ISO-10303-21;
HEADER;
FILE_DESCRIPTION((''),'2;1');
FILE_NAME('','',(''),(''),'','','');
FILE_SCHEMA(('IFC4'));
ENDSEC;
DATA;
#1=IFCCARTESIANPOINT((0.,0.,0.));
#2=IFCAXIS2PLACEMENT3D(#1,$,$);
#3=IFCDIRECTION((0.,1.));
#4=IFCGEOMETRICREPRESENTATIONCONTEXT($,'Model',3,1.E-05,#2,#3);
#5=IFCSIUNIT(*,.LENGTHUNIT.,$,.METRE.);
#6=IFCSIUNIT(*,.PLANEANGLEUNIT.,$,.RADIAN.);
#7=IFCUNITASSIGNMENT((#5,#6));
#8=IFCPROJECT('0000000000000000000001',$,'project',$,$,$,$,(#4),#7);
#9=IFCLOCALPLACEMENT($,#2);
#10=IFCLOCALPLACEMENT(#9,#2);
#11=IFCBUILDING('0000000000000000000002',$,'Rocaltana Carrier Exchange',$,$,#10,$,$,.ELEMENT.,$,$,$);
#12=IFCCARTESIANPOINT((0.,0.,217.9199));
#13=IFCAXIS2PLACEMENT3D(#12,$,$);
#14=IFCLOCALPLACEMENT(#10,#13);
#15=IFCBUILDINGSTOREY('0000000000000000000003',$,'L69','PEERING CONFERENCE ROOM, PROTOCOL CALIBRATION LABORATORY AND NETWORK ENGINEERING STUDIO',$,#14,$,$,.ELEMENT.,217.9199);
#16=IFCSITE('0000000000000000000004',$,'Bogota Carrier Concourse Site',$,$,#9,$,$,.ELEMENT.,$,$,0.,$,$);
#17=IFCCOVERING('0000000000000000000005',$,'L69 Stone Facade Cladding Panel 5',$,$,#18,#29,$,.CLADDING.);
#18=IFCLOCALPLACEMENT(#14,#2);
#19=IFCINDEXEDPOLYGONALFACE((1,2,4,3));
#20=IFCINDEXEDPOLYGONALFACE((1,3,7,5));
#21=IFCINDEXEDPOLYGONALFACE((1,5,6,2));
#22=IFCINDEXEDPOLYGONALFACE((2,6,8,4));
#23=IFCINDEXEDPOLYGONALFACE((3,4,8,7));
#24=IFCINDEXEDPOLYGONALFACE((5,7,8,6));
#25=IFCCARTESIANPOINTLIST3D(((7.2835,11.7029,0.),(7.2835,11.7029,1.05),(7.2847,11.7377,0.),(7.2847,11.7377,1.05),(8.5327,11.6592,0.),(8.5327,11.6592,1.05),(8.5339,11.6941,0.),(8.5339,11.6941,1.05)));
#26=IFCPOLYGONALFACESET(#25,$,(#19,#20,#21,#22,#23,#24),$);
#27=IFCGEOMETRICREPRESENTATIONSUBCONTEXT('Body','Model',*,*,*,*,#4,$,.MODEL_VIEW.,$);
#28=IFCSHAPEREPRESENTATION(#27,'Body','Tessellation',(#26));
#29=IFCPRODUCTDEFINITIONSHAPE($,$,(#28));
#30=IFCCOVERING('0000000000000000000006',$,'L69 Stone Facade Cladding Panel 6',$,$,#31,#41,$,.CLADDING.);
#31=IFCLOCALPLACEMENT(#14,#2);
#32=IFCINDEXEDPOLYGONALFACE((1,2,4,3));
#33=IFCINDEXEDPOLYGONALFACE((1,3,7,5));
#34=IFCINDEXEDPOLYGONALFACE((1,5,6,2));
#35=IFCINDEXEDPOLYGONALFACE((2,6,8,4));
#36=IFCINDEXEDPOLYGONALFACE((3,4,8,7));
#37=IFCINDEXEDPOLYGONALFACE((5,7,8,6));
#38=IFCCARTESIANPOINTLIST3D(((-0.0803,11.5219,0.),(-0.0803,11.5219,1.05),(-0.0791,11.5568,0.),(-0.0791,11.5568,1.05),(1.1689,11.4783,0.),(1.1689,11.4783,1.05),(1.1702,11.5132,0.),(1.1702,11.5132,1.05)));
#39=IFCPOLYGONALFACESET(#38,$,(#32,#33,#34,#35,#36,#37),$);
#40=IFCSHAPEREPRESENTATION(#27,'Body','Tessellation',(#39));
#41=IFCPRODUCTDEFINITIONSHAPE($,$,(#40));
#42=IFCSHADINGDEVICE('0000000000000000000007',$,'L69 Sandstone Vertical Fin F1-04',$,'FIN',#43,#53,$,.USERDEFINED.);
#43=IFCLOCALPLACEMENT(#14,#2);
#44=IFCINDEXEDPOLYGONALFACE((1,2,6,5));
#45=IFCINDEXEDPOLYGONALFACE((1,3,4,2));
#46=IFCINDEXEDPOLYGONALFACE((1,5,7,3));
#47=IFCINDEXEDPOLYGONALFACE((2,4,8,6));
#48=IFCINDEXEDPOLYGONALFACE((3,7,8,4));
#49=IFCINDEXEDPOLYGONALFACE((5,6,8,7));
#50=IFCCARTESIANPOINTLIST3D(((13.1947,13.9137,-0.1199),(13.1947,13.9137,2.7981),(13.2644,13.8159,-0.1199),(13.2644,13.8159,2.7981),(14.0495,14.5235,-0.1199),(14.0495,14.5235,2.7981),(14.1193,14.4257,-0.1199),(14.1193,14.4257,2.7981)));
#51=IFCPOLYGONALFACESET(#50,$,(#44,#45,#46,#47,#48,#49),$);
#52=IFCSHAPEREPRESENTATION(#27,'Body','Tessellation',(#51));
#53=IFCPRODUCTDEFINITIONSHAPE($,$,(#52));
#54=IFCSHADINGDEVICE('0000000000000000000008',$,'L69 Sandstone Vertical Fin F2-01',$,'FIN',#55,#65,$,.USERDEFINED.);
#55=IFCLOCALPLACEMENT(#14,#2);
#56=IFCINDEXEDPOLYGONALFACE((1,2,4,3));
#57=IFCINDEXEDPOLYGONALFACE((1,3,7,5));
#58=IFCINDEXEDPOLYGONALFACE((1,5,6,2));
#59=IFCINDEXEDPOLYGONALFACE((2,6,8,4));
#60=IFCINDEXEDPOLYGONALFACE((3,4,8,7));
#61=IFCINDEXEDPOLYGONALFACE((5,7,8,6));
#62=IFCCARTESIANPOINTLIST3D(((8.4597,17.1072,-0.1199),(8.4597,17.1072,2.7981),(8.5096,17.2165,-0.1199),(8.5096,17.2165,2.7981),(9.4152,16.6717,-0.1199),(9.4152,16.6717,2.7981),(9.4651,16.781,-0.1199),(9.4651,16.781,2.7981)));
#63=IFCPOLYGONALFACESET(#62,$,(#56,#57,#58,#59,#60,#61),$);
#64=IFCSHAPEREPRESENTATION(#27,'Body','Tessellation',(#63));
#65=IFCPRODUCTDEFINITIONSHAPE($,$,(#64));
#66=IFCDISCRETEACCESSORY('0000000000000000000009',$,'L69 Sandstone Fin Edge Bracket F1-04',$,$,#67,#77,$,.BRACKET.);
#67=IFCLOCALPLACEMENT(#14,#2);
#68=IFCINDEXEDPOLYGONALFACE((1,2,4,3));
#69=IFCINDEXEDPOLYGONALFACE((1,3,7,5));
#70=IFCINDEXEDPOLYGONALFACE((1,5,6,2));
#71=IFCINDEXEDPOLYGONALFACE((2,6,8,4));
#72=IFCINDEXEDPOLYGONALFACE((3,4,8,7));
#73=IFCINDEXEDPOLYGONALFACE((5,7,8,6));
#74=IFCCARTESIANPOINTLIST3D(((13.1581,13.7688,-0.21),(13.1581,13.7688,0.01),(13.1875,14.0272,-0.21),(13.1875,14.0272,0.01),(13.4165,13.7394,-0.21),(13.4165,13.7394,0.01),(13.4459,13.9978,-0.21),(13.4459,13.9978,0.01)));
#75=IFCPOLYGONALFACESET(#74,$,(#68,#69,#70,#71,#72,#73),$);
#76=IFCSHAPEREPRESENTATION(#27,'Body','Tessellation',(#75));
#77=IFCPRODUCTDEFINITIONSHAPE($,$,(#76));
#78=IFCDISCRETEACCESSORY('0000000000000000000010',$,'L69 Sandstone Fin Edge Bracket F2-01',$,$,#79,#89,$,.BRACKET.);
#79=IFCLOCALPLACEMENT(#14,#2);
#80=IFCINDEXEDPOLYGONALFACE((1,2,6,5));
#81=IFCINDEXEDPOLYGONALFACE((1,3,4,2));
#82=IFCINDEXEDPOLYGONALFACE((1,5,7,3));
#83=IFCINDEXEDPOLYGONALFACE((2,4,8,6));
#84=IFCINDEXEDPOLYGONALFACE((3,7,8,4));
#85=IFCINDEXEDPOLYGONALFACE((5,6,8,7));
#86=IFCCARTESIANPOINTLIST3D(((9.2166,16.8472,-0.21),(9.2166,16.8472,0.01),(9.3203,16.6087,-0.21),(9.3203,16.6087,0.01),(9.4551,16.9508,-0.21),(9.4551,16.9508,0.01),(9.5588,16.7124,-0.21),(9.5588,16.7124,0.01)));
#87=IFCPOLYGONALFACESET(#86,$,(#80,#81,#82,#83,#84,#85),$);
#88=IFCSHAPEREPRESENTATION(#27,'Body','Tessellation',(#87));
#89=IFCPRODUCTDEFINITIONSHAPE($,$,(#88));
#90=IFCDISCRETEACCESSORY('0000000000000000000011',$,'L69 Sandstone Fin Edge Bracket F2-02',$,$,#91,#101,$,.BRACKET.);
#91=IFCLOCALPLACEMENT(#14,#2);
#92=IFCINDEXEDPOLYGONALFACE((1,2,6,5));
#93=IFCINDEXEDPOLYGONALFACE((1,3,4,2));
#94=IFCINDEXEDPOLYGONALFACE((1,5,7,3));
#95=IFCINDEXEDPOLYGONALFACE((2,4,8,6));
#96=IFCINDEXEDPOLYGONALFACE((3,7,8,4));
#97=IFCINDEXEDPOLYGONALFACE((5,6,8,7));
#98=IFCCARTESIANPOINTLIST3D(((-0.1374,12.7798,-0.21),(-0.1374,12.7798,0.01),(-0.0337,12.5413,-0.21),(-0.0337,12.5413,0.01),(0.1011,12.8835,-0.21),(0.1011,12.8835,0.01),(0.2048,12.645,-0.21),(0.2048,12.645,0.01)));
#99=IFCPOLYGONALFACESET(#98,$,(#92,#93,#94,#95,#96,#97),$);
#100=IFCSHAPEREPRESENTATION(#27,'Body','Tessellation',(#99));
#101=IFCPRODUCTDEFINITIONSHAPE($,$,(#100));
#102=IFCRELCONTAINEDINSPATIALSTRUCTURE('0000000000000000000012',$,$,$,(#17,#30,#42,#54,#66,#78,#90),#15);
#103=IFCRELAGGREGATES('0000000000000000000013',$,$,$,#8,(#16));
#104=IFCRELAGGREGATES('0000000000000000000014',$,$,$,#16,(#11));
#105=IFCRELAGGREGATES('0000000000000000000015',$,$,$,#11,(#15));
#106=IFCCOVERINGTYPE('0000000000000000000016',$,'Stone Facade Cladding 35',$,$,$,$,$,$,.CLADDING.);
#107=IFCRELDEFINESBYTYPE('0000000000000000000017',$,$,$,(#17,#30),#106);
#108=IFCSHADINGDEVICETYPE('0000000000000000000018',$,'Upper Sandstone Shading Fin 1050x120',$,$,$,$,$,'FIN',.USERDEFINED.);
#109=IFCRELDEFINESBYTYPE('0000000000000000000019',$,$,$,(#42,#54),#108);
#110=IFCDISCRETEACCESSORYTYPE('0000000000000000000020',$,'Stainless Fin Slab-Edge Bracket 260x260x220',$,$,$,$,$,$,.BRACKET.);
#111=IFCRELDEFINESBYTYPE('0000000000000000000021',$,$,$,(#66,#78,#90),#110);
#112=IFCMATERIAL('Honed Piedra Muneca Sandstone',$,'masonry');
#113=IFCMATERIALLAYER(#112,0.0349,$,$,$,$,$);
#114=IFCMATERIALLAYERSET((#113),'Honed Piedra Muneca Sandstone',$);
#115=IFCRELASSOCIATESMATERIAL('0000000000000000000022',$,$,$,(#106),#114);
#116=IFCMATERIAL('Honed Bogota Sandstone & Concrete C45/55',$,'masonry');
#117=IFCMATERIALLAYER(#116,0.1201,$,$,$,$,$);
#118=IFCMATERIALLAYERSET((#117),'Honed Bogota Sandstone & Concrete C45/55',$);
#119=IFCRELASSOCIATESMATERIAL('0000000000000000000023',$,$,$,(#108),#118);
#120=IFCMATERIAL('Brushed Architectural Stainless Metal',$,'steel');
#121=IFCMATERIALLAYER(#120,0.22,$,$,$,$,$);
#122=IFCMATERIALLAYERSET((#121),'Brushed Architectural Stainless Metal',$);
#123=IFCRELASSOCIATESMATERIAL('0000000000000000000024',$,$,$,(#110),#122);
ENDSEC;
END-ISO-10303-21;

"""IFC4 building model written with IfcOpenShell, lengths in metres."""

from ifc_helpers import new_model, si_unit, direction, frame, origin, origin_2d, place, context, subcontext, project, spatial, rectangle, extrude, material, layer, layer_set, type_object, element, save


model = new_model("IFC4")

# Units and contexts
model_context = context("Model", 3, precision=1e-05, world=origin(), true_north=direction((0.0, 1.0)))
body_context = subcontext(model_context, "Body", "Model", "MODEL_VIEW")
ifc_project = project(units=[si_unit("LENGTHUNIT", "METRE"), si_unit("PLANEANGLEUNIT", "RADIAN")], contexts=[model_context])

# Site, building, storey
site_placement = place(None, origin())
site = spatial("IfcSite", under=ifc_project, at=site_placement, Name="Bogota Carrier Concourse Site", CompositionType="ELEMENT", RefElevation=0.0)
building_placement = place(site_placement, origin())
building = spatial("IfcBuilding", under=site, at=building_placement, Name="Rocaltana Carrier Exchange", CompositionType="ELEMENT")
storey_placement = place(building_placement, frame((0.0, 0.0, 217.9199)))
storey = spatial("IfcBuildingStorey", under=building, at=storey_placement, Name="L69", Description="PEERING CONFERENCE ROOM, PROTOCOL CALIBRATION LABORATORY AND NETWORK ENGINEERING STUDIO", CompositionType="ELEMENT", Elevation=217.9199)

# Coverings
ifc_material_1 = material(Name="Honed Piedra Muneca Sandstone", Category="masonry")
ifc_layer_1 = layer(ifc_material_1, 0.0349)
ifc_layer_set_1 = layer_set([ifc_layer_1], Name="Honed Piedra Muneca Sandstone")
covering_type = type_object("IfcCoveringType", Name="Stone Facade Cladding 35", PredefinedType="CLADDING", material=ifc_layer_set_1)
for number, where, z_axis, x_axis, name in (
    (1, (7.9087, 11.6985, 0.0), (0.0, 0.0, 1.0), (-0.999391, 0.034899, 0.0), "L69 Stone Facade Cladding Panel 5"),
    (2, (0.5449, 11.5176, 0.0), (0.0, 0.0, 1.0), (-0.999391, 0.034899, 0.0), "L69 Stone Facade Cladding Panel 6"),
):
    element("IfcCovering", number, at=place(storey_placement, frame(where, z_axis=z_axis, x_axis=x_axis)), inside=storey, type_object=covering_type, Name=name, PredefinedType="CLADDING", context=body_context, shape_type="SweptSolid", body=[
        extrude(rectangle(XDim=1.25, YDim=0.0349, at=origin_2d()), origin(), (0.0, 0.0, 1.0), 1.05),
    ])

# Shading devices
ifc_material_2 = material(Name="Honed Bogota Sandstone & Concrete C45/55", Category="masonry")
ifc_layer_2 = layer(ifc_material_2, 0.1201)
ifc_layer_set_2 = layer_set([ifc_layer_2], Name="Honed Bogota Sandstone & Concrete C45/55")
shading_device_type = type_object("IfcShadingDeviceType", Name="Upper Sandstone Shading Fin 1050x120", ElementType="FIN", PredefinedType="USERDEFINED", material=ifc_layer_set_2)
for number, where, z_axis, x_axis, name in (
    (3, (13.657, 14.1697, -0.1199), (0.0, 0.0, 1.0), (0.814116, 0.580703, 0.0), "L69 Sandstone Vertical Fin F1-04"),
    (4, (8.9624, 16.9441, -0.1199), (0.0, 0.0, 1.0), (-0.909961, 0.414693, 0.0), "L69 Sandstone Vertical Fin F2-01"),
):
    element("IfcShadingDevice", number, at=place(storey_placement, frame(where, z_axis=z_axis, x_axis=x_axis)), inside=storey, type_object=shading_device_type, Name=name, ObjectType="FIN", PredefinedType="USERDEFINED", context=body_context, shape_type="SweptSolid", body=[
        extrude(rectangle(XDim=1.05, YDim=0.1201, at=origin_2d()), origin(), (0.0, 0.0, 1.0), 2.918),
    ])

# Discrete accessories
ifc_material_3 = material(Name="Brushed Architectural Stainless Metal", Category="steel")
ifc_layer_3 = layer(ifc_material_3, 0.22)
ifc_layer_set_3 = layer_set([ifc_layer_3], Name="Brushed Architectural Stainless Metal")
discrete_accessory_type = type_object("IfcDiscreteAccessoryType", Name="Stainless Fin Slab-Edge Bracket 260x260x220", PredefinedType="BRACKET", material=ifc_layer_set_3)
for number, where, z_axis, x_axis, name in (
    (5, (13.302, 13.8833, -0.21), (0.0, 0.0, 1.0), (0.113203, 0.993572, 0.0), "L69 Sandstone Fin Edge Bracket F1-04"),
    (6, (9.3877, 16.7798, -0.21), (0.0, 0.0, 1.0), (-0.91706, -0.398749, 0.0), "L69 Sandstone Fin Edge Bracket F2-01"),
    (7, (0.0337, 12.7124, -0.21), (0.0, 0.0, 1.0), (-0.91706, -0.398749, 0.0), "L69 Sandstone Fin Edge Bracket F2-02"),
):
    element("IfcDiscreteAccessory", number, at=place(storey_placement, frame(where, z_axis=z_axis, x_axis=x_axis)), inside=storey, type_object=discrete_accessory_type, Name=name, PredefinedType="BRACKET", context=body_context, shape_type="SweptSolid", body=[
        extrude(rectangle(XDim=0.26, YDim=0.26, at=origin_2d()), origin(), (0.0, 0.0, 1.0), 0.22),
    ])

save(model, "model.ifc")
